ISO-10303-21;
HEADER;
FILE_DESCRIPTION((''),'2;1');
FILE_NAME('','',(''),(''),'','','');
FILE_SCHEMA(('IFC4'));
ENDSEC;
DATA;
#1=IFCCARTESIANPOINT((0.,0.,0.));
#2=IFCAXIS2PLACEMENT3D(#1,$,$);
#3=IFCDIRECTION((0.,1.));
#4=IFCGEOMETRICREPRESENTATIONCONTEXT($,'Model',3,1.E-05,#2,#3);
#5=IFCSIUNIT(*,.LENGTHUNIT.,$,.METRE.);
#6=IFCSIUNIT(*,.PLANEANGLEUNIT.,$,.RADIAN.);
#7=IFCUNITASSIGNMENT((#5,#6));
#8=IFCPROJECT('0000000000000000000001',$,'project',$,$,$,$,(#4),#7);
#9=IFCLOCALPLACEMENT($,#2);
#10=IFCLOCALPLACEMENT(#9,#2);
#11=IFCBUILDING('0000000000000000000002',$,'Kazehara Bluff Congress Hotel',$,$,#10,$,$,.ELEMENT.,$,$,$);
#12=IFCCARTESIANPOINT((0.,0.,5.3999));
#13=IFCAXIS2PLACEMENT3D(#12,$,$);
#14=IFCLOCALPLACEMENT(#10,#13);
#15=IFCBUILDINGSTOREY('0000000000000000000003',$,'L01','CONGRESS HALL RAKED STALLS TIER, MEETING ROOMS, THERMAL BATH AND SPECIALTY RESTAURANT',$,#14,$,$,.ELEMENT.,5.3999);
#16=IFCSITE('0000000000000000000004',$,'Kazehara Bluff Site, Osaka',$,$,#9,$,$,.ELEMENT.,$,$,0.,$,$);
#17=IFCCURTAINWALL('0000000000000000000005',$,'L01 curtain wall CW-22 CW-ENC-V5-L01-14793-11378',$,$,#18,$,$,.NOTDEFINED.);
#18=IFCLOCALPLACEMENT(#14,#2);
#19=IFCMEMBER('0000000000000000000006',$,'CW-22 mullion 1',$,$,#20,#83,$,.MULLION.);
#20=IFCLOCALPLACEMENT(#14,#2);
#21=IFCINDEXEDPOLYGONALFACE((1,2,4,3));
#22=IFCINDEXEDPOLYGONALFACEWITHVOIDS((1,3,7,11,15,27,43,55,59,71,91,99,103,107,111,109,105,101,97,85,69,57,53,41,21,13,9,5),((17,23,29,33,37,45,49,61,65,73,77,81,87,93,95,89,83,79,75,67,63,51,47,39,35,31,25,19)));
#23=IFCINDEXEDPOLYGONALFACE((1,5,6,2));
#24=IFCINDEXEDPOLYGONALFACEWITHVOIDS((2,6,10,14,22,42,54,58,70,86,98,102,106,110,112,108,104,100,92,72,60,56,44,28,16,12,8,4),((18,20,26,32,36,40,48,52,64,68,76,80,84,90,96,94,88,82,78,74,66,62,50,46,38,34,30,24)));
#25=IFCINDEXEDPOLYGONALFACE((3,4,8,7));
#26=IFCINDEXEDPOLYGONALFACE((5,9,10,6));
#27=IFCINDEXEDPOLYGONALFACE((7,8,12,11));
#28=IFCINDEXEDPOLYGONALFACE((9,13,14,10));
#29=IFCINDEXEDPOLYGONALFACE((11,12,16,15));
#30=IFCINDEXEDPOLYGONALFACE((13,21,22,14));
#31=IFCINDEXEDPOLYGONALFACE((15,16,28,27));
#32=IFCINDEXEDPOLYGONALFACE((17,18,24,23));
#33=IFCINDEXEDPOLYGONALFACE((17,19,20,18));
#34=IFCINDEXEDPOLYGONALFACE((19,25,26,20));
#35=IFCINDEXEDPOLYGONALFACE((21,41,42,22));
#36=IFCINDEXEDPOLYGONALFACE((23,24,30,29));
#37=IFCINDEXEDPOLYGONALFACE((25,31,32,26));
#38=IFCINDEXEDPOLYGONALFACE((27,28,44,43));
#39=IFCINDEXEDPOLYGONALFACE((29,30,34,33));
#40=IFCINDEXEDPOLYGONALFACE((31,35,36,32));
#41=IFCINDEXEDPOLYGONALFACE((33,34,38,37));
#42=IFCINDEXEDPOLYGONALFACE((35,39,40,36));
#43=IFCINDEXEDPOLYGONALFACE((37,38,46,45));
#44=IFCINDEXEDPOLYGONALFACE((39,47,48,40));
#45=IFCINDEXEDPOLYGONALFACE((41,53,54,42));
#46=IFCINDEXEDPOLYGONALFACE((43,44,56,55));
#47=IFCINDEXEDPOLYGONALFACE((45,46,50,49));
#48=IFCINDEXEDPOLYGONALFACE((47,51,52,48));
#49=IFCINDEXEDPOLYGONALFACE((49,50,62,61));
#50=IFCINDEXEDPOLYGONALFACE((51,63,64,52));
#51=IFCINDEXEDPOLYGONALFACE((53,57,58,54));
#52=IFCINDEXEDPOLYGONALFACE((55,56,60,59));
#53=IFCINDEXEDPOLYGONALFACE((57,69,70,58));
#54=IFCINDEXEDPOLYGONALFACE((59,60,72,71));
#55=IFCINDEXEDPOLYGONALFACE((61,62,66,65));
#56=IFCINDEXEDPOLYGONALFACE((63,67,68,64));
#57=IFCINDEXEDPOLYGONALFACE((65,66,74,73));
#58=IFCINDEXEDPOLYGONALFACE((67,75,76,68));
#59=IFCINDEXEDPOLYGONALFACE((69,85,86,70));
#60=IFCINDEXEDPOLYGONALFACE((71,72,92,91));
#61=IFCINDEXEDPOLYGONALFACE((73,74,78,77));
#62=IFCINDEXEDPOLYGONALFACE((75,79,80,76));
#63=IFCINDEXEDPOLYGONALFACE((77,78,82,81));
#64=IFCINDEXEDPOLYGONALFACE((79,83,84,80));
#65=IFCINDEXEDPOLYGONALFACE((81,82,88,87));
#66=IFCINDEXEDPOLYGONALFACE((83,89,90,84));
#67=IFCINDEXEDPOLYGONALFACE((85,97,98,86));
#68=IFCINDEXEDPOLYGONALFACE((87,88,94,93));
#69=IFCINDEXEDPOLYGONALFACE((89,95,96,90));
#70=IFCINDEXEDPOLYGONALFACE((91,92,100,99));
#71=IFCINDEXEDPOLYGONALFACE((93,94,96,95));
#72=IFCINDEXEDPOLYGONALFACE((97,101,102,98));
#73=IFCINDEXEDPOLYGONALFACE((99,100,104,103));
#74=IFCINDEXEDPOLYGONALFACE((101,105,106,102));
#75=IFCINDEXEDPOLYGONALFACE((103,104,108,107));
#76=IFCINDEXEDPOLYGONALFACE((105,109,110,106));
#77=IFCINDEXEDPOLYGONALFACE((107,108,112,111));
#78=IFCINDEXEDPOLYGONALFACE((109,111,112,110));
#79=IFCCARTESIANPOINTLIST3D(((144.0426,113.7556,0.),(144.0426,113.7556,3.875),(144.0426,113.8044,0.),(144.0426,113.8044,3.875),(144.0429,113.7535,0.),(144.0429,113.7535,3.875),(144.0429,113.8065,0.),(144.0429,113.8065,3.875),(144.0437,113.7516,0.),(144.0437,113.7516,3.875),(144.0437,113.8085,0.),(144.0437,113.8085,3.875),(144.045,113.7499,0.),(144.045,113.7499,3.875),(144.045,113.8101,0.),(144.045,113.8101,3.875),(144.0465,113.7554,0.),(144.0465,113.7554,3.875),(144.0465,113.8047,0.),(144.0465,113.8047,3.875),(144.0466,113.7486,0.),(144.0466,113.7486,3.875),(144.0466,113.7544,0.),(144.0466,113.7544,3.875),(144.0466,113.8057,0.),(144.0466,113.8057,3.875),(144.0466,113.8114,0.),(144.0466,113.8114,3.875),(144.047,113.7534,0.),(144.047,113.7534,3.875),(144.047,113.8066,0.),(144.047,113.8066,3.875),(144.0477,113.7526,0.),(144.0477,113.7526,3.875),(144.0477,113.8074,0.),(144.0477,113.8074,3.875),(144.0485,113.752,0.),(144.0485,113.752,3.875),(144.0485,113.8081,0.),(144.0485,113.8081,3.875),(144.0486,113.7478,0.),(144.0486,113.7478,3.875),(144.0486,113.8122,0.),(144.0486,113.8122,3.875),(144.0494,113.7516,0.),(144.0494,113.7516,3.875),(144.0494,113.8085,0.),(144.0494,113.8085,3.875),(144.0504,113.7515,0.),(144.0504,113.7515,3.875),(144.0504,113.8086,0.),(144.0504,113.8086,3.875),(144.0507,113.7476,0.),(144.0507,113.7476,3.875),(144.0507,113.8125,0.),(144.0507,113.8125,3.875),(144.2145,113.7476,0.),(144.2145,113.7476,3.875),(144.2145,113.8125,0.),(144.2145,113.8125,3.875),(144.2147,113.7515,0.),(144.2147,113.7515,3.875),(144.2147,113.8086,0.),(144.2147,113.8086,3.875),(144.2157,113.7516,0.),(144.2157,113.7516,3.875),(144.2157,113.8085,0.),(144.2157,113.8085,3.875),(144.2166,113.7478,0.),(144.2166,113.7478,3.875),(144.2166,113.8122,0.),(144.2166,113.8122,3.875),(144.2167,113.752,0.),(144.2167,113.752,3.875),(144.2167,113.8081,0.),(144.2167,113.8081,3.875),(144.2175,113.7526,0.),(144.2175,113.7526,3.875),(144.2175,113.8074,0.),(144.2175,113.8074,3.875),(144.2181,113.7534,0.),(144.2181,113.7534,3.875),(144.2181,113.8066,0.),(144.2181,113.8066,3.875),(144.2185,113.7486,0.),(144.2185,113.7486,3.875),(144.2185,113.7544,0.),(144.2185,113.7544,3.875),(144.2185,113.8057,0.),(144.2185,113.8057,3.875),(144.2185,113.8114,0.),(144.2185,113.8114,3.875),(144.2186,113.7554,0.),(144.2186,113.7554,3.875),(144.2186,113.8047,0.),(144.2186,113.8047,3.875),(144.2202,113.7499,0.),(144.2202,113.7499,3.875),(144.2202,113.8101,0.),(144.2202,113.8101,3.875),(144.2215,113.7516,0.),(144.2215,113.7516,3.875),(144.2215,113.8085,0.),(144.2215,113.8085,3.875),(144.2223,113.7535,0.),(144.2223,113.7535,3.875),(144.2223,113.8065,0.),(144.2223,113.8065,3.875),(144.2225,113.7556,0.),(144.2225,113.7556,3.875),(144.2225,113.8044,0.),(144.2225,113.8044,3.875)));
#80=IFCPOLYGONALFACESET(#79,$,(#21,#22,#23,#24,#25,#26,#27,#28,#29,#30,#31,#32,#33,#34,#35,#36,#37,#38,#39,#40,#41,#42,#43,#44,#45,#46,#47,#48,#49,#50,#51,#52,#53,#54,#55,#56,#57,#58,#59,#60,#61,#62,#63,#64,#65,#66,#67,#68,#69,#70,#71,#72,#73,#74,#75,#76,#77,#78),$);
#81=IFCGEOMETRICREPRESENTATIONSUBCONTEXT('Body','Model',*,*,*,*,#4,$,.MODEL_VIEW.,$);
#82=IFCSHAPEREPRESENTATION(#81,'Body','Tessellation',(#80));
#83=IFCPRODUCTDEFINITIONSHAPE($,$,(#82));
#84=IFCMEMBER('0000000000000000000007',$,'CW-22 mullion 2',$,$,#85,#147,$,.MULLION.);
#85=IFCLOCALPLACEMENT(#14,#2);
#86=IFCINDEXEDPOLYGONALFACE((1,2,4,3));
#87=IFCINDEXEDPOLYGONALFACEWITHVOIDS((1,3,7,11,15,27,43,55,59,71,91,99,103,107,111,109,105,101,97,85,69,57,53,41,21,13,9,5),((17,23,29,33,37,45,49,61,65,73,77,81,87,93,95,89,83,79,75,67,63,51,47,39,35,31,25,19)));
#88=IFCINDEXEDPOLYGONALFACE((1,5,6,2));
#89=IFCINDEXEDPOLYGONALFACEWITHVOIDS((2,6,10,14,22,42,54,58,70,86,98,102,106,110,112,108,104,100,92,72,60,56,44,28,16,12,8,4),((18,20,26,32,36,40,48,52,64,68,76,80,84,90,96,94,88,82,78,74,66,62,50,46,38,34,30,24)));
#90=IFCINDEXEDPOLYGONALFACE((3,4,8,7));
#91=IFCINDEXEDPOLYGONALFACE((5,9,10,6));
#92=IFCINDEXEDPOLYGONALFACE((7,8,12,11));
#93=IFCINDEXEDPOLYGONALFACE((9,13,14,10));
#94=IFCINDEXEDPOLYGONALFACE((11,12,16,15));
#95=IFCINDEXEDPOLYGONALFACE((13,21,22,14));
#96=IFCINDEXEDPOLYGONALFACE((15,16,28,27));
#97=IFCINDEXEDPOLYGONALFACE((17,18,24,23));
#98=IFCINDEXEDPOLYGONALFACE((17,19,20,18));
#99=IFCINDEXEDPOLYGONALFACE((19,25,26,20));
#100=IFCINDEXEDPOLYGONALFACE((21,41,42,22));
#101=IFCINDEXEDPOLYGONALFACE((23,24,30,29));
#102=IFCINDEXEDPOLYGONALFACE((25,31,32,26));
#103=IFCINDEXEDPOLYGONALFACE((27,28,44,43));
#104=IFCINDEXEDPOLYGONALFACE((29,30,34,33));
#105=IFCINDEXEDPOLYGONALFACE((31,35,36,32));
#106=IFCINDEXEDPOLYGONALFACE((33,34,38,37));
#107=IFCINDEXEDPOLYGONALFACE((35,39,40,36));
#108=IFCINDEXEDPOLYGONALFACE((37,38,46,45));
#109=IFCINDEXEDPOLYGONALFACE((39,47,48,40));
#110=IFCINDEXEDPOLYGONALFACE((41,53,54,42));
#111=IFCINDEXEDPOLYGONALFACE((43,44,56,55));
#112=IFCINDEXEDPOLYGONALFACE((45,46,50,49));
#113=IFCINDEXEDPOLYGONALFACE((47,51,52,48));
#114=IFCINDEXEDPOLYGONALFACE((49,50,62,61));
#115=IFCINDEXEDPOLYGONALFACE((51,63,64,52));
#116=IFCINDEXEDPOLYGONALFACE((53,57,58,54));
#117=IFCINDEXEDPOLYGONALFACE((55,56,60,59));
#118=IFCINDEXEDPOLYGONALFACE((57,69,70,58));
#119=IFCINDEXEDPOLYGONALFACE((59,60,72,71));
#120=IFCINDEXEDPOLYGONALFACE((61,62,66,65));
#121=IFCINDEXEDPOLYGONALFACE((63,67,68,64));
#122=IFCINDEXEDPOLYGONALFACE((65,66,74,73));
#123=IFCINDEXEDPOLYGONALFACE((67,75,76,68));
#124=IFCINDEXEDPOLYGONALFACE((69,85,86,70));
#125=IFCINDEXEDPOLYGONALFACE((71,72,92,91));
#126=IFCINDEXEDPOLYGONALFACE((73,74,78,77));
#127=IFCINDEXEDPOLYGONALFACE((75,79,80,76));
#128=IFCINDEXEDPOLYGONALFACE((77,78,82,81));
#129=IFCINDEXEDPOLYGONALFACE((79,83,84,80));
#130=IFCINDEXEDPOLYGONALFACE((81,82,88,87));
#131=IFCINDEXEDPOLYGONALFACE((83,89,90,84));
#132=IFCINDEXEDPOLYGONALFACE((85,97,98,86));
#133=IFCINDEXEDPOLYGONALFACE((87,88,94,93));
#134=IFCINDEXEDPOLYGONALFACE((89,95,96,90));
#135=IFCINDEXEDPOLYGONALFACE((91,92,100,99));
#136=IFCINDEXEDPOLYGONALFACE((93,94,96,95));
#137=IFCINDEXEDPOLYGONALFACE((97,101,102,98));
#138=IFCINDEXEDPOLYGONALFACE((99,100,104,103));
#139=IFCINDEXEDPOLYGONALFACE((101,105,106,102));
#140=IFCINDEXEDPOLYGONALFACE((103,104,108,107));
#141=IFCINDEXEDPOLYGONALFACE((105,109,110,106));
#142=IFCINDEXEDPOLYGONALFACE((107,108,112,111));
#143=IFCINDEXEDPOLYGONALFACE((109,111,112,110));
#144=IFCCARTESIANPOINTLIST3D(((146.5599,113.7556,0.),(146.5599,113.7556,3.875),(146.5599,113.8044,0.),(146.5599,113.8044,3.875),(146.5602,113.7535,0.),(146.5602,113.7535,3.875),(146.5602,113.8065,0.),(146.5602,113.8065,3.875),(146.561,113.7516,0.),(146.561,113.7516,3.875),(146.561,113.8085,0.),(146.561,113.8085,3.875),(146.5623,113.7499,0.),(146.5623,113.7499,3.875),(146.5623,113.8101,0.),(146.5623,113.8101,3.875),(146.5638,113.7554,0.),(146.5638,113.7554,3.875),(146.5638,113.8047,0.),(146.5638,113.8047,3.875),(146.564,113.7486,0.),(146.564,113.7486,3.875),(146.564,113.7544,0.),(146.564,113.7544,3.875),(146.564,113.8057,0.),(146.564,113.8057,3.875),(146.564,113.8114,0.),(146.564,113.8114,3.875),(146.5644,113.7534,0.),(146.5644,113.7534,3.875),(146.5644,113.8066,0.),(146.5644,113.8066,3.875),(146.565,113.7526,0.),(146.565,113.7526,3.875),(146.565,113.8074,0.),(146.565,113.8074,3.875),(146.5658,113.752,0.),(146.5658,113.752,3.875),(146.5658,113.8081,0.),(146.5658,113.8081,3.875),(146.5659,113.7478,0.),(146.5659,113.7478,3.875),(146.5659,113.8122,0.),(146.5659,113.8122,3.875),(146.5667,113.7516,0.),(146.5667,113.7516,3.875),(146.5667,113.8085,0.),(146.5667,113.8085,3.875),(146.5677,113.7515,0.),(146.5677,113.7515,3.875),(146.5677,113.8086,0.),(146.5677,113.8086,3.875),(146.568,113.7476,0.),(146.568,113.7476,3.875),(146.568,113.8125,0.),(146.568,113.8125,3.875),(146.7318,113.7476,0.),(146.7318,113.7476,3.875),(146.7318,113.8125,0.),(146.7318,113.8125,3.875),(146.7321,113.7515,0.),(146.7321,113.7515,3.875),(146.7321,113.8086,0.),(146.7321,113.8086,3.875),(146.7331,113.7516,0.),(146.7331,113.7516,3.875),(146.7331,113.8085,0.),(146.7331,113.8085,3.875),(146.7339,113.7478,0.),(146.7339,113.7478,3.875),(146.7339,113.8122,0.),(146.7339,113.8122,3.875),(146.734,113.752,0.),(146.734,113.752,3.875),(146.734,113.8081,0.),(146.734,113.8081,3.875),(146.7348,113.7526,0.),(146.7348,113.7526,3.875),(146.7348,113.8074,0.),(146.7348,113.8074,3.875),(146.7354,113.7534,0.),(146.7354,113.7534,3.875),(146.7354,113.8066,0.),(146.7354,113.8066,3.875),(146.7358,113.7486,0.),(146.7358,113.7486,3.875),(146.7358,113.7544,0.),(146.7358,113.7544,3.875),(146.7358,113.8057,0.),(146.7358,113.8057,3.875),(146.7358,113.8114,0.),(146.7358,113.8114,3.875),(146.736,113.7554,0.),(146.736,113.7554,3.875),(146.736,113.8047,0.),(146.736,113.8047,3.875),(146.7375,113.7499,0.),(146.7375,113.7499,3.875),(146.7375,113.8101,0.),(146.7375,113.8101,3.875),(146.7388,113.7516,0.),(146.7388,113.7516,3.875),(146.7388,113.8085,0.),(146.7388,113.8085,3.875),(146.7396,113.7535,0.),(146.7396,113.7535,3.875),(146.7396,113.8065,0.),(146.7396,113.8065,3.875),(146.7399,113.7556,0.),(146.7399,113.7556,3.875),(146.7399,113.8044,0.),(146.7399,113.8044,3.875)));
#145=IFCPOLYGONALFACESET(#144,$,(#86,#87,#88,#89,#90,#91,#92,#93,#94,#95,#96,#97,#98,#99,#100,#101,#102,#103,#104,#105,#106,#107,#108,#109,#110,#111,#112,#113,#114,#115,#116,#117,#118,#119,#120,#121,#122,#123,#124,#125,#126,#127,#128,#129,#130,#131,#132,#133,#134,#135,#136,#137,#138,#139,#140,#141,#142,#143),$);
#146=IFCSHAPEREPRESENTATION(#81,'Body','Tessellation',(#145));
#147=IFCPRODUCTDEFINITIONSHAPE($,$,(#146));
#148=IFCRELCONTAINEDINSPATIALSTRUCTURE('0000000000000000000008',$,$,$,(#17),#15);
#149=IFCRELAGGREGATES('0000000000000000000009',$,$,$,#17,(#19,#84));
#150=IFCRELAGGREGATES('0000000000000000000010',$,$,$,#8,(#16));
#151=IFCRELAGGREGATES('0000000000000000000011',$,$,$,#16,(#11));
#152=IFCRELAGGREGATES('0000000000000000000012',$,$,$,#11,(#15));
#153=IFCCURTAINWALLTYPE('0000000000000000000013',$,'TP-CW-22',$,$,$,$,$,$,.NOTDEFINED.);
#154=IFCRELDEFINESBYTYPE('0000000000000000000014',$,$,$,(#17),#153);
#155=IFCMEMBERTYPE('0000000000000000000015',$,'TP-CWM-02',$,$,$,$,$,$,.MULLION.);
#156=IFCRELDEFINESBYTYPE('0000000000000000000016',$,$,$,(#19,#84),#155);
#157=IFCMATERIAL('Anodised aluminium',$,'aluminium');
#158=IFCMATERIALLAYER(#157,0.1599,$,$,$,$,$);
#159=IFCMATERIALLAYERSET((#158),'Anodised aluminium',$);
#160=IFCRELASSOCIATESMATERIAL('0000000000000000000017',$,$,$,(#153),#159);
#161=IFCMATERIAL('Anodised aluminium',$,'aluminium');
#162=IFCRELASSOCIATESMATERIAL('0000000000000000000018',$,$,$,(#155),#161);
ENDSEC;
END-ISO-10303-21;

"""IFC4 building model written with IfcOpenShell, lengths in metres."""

from ifc_helpers import new_model, si_unit, direction, frame, origin, origin_2d, place, context, subcontext, project, spatial, hollow_rectangle, extrude, material, layer, layer_set, material_profile, profile_set, type_object, element, aggregate, save


model = new_model("IFC4")

# Units and contexts
model_context = context("Model", 3, precision=1e-05, world=origin(), true_north=direction((0.0, 1.0)))
body_context = subcontext(model_context, "Body", "Model", "MODEL_VIEW")
ifc_project = project(units=[si_unit("LENGTHUNIT", "METRE"), si_unit("PLANEANGLEUNIT", "RADIAN")], contexts=[model_context])

# Site, building, storey
site_placement = place(None, origin())
site = spatial("IfcSite", under=ifc_project, at=site_placement, Name="Kazehara Bluff Site, Osaka", CompositionType="ELEMENT", RefElevation=0.0)
building_placement = place(site_placement, origin())
building = spatial("IfcBuilding", under=site, at=building_placement, Name="Kazehara Bluff Congress Hotel", CompositionType="ELEMENT")
storey_placement = place(building_placement, frame((0.0, 0.0, 5.3999)))
storey = spatial("IfcBuildingStorey", under=building, at=storey_placement, Name="L01", Description="CONGRESS HALL RAKED STALLS TIER, MEETING ROOMS, THERMAL BATH AND SPECIALTY RESTAURANT", CompositionType="ELEMENT", Elevation=5.3999)

# Curtain wall, members
ifc_material_1 = material(Name="Anodised aluminium", Category="aluminium")
ifc_layer_1 = layer(ifc_material_1, 0.1599)
ifc_layer_set_1 = layer_set([ifc_layer_1], Name="Anodised aluminium")
curtain_wall_type_1 = type_object("IfcCurtainWallType", Name="TP-CW-22", PredefinedType="NOTDEFINED", material=ifc_layer_set_1)
curtain_wall_1_placement = place(storey_placement, origin())
curtain_wall_1 = element("IfcCurtainWall", 1, at=curtain_wall_1_placement, inside=storey, type_object=curtain_wall_type_1, Name="L01 curtain wall CW-22 CW-ENC-V5-L01-14793-11378", PredefinedType="NOTDEFINED")
ifc_material_2 = material(Name="Anodised aluminium", Category="aluminium")
ifc_material_profile_1 = material_profile(ifc_material_2, hollow_rectangle(XDim=0.0649, YDim=0.1799, WallThickness=0.0039, InnerFilletRadius=0.0039, OuterFilletRadius=0.0081, at=origin_2d()))
ifc_profile_set_1 = profile_set([ifc_material_profile_1], Name="Anodised aluminium")
member_type_1 = type_object("IfcMemberType", Name="TP-CWM-02", PredefinedType="MULLION", material=ifc_profile_set_1)
member_1_placement = place(storey_placement, frame((144.1326, 113.78, 0.0), z_axis=(0.0, 0.0, 1.0), x_axis=(0.0, 1.0, 0.0)))
member_1 = element("IfcMember", 2, at=member_1_placement, type_object=member_type_1, Name="CW-22 mullion 1", PredefinedType="MULLION", context=body_context, shape_type="SweptSolid", body=[
    extrude(hollow_rectangle(XDim=0.0649, YDim=0.1799, WallThickness=0.0039, InnerFilletRadius=0.0039, OuterFilletRadius=0.0081, at=origin_2d()), origin(), (0.0, 0.0, 1.0), 3.875),
])
member_2_placement = place(storey_placement, frame((146.6499, 113.78, 0.0), z_axis=(0.0, 0.0, 1.0), x_axis=(0.0, 1.0, 0.0)))
member_2 = element("IfcMember", 3, at=member_2_placement, type_object=member_type_1, Name="CW-22 mullion 2", PredefinedType="MULLION", context=body_context, shape_type="SweptSolid", body=[
    extrude(hollow_rectangle(XDim=0.0649, YDim=0.1799, WallThickness=0.0039, InnerFilletRadius=0.0039, OuterFilletRadius=0.0081, at=origin_2d()), origin(), (0.0, 0.0, 1.0), 3.875),
])

aggregate(curtain_wall_1, [member_1, member_2])

save(model, "model.ifc")
